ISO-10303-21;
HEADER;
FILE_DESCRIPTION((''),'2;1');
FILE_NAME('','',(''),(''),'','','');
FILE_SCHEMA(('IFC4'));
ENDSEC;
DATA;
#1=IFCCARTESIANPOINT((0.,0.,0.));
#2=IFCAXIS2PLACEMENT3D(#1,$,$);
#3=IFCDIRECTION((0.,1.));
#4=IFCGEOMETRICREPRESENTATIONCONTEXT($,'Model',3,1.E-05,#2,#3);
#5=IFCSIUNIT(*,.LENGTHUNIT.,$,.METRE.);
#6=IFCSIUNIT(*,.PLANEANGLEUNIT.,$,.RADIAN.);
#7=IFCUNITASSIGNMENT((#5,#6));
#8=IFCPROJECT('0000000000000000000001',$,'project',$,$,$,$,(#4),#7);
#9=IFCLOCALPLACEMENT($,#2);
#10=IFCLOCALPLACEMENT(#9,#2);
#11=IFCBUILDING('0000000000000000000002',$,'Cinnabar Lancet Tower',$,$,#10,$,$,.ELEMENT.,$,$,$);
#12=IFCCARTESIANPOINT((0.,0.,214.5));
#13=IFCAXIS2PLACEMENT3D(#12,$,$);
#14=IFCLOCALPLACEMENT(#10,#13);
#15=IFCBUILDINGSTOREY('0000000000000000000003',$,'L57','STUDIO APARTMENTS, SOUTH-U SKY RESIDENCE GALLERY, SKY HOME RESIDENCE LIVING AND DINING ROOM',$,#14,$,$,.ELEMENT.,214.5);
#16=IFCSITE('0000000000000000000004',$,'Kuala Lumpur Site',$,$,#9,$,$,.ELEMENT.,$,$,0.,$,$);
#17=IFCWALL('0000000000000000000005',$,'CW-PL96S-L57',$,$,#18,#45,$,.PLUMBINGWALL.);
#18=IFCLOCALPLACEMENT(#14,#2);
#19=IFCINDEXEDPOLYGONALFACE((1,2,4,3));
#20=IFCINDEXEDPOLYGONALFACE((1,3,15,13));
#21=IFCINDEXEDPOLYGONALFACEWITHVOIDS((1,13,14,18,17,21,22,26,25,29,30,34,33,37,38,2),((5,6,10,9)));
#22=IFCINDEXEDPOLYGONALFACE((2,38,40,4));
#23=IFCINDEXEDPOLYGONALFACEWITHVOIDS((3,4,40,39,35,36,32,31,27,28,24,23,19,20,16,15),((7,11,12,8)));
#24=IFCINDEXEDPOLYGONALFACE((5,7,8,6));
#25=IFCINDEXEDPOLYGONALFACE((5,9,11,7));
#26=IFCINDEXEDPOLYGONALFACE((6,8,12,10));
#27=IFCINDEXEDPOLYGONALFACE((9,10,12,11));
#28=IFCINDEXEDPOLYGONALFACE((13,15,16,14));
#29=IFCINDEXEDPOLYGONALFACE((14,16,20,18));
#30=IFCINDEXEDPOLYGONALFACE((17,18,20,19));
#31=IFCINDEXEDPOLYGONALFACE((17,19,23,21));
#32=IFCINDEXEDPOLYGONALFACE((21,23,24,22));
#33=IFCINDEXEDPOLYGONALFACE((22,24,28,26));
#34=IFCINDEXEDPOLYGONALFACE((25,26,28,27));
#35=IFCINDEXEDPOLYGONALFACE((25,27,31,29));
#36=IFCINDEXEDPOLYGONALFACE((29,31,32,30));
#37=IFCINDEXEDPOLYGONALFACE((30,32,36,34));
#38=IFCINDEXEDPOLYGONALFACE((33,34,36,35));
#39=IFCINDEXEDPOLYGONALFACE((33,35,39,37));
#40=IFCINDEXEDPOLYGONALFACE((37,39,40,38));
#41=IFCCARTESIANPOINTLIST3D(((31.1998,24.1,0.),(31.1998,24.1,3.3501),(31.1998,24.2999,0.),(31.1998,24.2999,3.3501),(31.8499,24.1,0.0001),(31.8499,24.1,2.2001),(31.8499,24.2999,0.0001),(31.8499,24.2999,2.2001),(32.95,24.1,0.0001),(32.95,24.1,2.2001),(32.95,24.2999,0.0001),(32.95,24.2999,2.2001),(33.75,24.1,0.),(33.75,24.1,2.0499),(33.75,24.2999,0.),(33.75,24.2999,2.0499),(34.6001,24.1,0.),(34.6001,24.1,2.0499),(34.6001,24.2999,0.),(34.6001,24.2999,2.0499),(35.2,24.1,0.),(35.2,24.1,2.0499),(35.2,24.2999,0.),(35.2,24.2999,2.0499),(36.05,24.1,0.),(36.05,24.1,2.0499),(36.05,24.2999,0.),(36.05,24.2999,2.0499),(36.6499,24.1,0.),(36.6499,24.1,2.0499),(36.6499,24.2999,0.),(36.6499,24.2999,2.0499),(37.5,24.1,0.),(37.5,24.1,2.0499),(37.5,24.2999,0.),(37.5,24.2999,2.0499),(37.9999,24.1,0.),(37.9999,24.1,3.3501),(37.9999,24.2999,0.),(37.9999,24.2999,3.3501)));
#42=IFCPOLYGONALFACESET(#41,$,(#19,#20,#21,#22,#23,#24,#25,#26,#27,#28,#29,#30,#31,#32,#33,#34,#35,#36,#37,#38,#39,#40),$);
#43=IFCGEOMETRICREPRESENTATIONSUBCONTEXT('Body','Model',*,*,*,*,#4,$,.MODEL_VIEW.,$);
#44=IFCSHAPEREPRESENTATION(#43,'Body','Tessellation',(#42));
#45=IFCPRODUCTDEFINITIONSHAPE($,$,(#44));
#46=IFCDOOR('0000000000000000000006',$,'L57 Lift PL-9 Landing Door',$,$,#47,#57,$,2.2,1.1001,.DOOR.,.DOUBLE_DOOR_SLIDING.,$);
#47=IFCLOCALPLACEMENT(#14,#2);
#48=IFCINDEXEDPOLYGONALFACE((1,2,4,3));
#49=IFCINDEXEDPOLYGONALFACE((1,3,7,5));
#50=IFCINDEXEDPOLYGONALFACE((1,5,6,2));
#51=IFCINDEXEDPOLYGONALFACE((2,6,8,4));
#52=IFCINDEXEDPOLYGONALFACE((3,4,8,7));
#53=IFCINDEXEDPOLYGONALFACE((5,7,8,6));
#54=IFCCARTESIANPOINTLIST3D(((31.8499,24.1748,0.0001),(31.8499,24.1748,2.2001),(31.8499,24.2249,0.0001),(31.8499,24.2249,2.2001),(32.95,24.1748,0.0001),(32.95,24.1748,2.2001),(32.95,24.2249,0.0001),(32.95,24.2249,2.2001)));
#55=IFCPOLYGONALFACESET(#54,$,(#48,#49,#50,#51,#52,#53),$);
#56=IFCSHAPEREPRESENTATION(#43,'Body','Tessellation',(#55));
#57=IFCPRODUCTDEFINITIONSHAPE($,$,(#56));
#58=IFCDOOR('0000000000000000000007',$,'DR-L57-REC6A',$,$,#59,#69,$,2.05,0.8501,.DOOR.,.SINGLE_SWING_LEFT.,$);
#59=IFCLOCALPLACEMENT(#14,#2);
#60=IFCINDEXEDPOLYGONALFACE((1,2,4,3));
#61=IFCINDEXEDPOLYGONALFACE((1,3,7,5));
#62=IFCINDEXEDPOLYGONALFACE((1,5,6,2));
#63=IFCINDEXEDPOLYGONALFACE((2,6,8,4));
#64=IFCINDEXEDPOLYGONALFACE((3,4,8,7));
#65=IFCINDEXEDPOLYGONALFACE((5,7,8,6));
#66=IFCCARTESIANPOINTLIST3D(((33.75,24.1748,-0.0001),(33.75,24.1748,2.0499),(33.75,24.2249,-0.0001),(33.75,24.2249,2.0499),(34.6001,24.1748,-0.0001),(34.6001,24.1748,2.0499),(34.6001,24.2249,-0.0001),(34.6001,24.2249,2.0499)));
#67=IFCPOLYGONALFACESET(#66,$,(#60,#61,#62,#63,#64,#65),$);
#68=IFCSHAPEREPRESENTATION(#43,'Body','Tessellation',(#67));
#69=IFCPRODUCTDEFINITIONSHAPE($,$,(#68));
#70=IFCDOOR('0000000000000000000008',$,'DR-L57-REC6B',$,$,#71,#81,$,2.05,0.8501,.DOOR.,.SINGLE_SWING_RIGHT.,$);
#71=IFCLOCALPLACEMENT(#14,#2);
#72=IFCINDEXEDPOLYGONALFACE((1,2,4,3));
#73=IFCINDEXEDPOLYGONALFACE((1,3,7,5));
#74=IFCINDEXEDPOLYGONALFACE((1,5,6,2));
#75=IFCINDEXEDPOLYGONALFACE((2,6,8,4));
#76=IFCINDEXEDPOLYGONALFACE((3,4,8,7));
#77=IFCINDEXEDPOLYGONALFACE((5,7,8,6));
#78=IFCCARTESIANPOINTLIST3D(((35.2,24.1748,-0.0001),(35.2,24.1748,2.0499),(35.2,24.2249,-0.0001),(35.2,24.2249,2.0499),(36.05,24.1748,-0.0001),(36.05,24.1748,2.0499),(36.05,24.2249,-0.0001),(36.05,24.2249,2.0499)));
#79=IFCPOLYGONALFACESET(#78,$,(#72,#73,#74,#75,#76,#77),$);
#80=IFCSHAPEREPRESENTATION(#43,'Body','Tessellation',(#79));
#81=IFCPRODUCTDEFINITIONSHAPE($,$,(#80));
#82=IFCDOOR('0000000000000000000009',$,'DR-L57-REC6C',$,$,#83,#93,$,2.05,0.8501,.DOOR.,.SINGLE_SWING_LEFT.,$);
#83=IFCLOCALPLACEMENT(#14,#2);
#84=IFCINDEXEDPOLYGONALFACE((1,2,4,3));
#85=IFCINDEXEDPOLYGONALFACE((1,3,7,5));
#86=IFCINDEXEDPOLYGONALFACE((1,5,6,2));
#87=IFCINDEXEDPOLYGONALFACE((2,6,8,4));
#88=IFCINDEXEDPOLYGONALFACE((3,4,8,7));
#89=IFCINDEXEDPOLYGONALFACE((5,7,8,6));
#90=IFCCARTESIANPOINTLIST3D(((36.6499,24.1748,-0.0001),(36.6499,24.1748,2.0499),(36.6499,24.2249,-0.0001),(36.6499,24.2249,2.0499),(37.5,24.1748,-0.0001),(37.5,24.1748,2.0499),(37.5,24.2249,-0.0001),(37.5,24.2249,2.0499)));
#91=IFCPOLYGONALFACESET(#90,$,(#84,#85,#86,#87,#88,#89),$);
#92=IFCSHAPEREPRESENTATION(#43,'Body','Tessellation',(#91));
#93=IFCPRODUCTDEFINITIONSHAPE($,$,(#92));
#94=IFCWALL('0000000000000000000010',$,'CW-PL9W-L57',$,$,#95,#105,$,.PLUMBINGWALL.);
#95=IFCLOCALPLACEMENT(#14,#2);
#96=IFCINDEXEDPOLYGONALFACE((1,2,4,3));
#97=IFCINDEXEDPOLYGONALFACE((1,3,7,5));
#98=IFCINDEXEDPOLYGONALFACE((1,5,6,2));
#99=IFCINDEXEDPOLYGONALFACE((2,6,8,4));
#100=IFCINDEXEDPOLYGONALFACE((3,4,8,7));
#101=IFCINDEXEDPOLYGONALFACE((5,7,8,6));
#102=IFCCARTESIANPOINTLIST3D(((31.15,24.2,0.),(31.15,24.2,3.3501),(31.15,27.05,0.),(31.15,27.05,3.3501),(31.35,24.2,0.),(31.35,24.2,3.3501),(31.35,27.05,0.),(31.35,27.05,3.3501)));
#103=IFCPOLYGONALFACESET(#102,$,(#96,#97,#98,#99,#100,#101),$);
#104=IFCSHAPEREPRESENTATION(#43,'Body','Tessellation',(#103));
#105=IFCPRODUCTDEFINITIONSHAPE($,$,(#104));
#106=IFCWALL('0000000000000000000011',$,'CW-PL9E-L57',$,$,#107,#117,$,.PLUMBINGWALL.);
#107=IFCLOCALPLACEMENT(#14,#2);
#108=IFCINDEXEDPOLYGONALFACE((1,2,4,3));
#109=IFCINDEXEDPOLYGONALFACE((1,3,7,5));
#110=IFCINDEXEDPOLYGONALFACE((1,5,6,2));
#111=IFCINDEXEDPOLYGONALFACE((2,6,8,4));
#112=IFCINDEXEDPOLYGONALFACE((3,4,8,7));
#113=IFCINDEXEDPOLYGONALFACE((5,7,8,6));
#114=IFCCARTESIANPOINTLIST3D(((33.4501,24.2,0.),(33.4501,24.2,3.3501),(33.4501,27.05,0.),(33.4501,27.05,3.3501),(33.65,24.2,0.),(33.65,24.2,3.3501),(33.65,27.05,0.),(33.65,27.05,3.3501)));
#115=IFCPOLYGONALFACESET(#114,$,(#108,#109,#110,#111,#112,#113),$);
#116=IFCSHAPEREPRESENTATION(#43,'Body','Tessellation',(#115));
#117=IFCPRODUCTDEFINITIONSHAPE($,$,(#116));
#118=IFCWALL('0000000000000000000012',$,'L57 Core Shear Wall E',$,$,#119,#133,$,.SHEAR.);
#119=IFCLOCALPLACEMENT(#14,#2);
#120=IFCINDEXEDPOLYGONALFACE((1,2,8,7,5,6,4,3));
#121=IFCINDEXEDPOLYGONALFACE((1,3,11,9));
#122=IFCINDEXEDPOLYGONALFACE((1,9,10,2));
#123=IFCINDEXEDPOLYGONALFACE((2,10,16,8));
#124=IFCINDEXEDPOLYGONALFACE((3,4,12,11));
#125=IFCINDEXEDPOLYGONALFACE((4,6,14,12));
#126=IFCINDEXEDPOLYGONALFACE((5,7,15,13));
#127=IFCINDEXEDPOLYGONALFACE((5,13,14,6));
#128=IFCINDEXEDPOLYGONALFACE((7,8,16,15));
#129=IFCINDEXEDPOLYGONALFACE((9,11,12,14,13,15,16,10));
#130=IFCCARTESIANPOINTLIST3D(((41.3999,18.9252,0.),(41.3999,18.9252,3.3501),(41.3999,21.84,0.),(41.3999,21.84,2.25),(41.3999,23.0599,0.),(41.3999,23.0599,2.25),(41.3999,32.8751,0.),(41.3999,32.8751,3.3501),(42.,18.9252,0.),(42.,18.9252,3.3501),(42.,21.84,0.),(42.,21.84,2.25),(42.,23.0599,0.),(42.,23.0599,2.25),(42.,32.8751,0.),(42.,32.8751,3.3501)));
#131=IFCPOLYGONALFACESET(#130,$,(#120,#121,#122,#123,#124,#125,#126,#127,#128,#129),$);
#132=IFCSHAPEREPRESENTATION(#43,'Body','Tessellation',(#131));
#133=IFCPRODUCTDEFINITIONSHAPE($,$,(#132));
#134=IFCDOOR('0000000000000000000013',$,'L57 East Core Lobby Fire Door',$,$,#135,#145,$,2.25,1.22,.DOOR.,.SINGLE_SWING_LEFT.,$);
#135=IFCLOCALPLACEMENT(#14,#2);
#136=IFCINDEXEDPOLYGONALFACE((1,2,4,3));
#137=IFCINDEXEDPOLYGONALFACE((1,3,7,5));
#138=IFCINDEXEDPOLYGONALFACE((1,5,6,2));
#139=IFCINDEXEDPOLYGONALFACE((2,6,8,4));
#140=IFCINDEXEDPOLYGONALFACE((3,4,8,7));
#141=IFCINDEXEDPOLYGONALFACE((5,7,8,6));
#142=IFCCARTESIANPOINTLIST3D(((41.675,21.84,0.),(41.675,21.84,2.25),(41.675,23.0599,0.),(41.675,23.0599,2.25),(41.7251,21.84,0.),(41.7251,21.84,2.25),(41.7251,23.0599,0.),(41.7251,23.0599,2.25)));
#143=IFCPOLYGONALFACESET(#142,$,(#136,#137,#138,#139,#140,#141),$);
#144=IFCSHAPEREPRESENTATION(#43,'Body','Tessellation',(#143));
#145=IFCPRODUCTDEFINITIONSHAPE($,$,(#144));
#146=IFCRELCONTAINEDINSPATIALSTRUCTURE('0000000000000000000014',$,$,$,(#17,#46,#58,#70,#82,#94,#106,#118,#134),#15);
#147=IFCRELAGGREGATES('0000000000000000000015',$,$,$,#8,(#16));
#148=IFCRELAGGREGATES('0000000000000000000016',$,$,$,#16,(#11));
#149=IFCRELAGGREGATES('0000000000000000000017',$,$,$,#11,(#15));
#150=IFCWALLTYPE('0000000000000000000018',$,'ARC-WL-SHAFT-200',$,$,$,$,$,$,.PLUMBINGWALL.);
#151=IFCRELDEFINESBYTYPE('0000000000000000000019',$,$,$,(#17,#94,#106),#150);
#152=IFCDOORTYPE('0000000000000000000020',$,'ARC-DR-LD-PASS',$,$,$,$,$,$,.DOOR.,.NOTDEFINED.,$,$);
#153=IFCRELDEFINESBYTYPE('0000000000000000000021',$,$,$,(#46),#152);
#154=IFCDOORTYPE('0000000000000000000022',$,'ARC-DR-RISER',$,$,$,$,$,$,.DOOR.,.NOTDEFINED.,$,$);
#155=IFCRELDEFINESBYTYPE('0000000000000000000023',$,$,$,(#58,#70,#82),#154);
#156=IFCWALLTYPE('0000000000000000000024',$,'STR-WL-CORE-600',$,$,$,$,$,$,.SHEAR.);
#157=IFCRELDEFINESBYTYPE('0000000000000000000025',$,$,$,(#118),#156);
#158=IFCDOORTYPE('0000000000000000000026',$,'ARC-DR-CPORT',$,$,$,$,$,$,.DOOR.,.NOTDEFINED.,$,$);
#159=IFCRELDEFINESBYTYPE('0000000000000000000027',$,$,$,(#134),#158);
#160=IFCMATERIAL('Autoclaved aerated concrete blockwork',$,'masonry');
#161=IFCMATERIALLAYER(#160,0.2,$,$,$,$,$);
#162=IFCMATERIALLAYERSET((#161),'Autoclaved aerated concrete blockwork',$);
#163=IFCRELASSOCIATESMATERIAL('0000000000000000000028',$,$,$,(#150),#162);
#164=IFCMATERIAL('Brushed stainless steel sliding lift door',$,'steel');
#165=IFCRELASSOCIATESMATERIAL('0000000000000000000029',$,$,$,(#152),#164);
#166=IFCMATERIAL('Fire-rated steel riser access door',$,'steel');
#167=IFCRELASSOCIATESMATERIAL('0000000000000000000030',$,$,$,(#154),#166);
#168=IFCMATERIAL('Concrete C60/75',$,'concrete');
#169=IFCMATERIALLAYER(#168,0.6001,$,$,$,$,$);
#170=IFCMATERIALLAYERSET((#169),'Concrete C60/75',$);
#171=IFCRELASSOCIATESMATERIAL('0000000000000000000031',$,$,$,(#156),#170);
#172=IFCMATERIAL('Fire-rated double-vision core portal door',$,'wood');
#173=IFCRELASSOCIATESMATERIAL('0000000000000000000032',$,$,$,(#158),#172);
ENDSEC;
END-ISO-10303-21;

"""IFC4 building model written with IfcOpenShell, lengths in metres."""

from ifc_helpers import new_model, si_unit, direction, frame, frame_2d, origin, place, context, subcontext, project, spatial, rectangle, extrude, material, layer, layer_set, type_object, element, fill, save


model = new_model("IFC4")

# Units and contexts
model_context = context("Model", 3, precision=1e-05, world=origin(), true_north=direction((0.0, 1.0)))
body_context = subcontext(model_context, "Body", "Model", "MODEL_VIEW")
ifc_project = project(units=[si_unit("LENGTHUNIT", "METRE"), si_unit("PLANEANGLEUNIT", "RADIAN")], contexts=[model_context])

# Site, building, storey
site_placement = place(None, origin())
site = spatial("IfcSite", under=ifc_project, at=site_placement, Name="Kuala Lumpur Site", CompositionType="ELEMENT", RefElevation=0.0)
building_placement = place(site_placement, origin())
building = spatial("IfcBuilding", under=site, at=building_placement, Name="Cinnabar Lancet Tower", CompositionType="ELEMENT")
storey_placement = place(building_placement, frame((0.0, 0.0, 214.5)))
storey = spatial("IfcBuildingStorey", under=building, at=storey_placement, Name="L57", Description="STUDIO APARTMENTS, SOUTH-U SKY RESIDENCE GALLERY, SKY HOME RESIDENCE LIVING AND DINING ROOM", CompositionType="ELEMENT", Elevation=214.5)

# Shared definitions
ifc_material_1 = material(Name="Autoclaved aerated concrete blockwork", Category="masonry")
ifc_layer_1 = layer(ifc_material_1, 0.2)
ifc_layer_set_1 = layer_set([ifc_layer_1], Name="Autoclaved aerated concrete blockwork")
wall_type_1 = type_object("IfcWallType", Name="ARC-WL-SHAFT-200", PredefinedType="PLUMBINGWALL", material=ifc_layer_set_1)

# Wall, openings, doors
wall_1_placement = place(storey_placement, frame((31.2, 24.2, 0.0), z_axis=(0.0, 0.0, 1.0), x_axis=(1.0, 0.0, 0.0)))
wall_1 = element("IfcWall", 1, at=wall_1_placement, inside=storey, type_object=wall_type_1, Name="CW-PL96S-L57", PredefinedType="PLUMBINGWALL", context=body_context, shape_type="SweptSolid", body=[
    extrude(rectangle(XDim=6.8, YDim=0.2, at=frame_2d((3.3999, 0.0))), origin(), (0.0, 0.0, 1.0), 3.3501),
])
opening_1_placement = place(wall_1_placement, frame((0.6499, 0.0, 0.0)))
opening_1 = element("IfcOpeningElement", 2, at=opening_1_placement, cuts=wall_1, PredefinedType="OPENING", context=body_context, shape_type="SweptSolid", body=[
    extrude(rectangle(XDim=1.1001, YDim=2.2, at=frame_2d((0.55, 1.1001))), frame((0.0, 0.1099, 0.0), z_axis=(0.0, -1.0, 0.0), x_axis=(1.0, 0.0, 0.0)), (0.0, 0.0, 1.0), 0.22),
])
opening_2_placement = place(wall_1_placement, frame((2.55, 0.0, 0.0)))
opening_2 = element("IfcOpeningElement", 3, at=opening_2_placement, cuts=wall_1, PredefinedType="OPENING", context=body_context, shape_type="SweptSolid", body=[
    extrude(rectangle(XDim=0.8501, YDim=2.05, at=frame_2d((0.425, 1.0249))), frame((0.0, 0.1099, 0.0), z_axis=(0.0, -1.0, 0.0), x_axis=(1.0, 0.0, 0.0)), (0.0, 0.0, 1.0), 0.22),
])
opening_3_placement = place(wall_1_placement, frame((4.0, 0.0, 0.0)))
opening_3 = element("IfcOpeningElement", 4, at=opening_3_placement, cuts=wall_1, PredefinedType="OPENING", context=body_context, shape_type="SweptSolid", body=[
    extrude(rectangle(XDim=0.8501, YDim=2.05, at=frame_2d((0.425, 1.0249))), frame((0.0, 0.1099, 0.0), z_axis=(0.0, -1.0, 0.0), x_axis=(1.0, 0.0, 0.0)), (0.0, 0.0, 1.0), 0.22),
])
opening_4_placement = place(wall_1_placement, frame((5.45, 0.0, 0.0)))
opening_4 = element("IfcOpeningElement", 5, at=opening_4_placement, cuts=wall_1, PredefinedType="OPENING", context=body_context, shape_type="SweptSolid", body=[
    extrude(rectangle(XDim=0.8501, YDim=2.05, at=frame_2d((0.425, 1.0249))), frame((0.0, 0.1099, 0.0), z_axis=(0.0, -1.0, 0.0), x_axis=(1.0, 0.0, 0.0)), (0.0, 0.0, 1.0), 0.22),
])
ifc_material_2 = material(Name="Brushed stainless steel sliding lift door", Category="steel")
door_type_1 = type_object("IfcDoorType", Name="ARC-DR-LD-PASS", OperationType="NOTDEFINED", PredefinedType="DOOR", material=ifc_material_2)
door_1_placement = place(opening_1_placement, origin())
door_1 = element("IfcDoor", 6, at=door_1_placement, inside=storey, type_object=door_type_1, Name="L57 Lift PL-9 Landing Door", OperationType="DOUBLE_DOOR_SLIDING", OverallHeight=2.2, OverallWidth=1.1001, PredefinedType="DOOR", context=body_context, shape_type="SweptSolid", body=[
    extrude(rectangle(XDim=1.1001, YDim=2.2, at=frame_2d((0.55, 1.1001))), frame((0.0, 0.0249, 0.0), z_axis=(0.0, -1.0, 0.0), x_axis=(1.0, 0.0, 0.0)), (0.0, 0.0, 1.0), 0.05),
])
fill(opening_1, door_1)
ifc_material_3 = material(Name="Fire-rated steel riser access door", Category="steel")
door_type_2 = type_object("IfcDoorType", Name="ARC-DR-RISER", OperationType="NOTDEFINED", PredefinedType="DOOR", material=ifc_material_3)
door_2_placement = place(opening_2_placement, origin())
door_2 = element("IfcDoor", 7, at=door_2_placement, inside=storey, type_object=door_type_2, Name="DR-L57-REC6A", OperationType="SINGLE_SWING_LEFT", OverallHeight=2.05, OverallWidth=0.8501, PredefinedType="DOOR", context=body_context, shape_type="SweptSolid", body=[
    extrude(rectangle(XDim=0.8501, YDim=2.05, at=frame_2d((0.425, 1.0249))), frame((0.0, 0.0249, 0.0), z_axis=(0.0, -1.0, 0.0), x_axis=(1.0, 0.0, 0.0)), (0.0, 0.0, 1.0), 0.05),
])
fill(opening_2, door_2)
door_3_placement = place(opening_3_placement, origin())
door_3 = element("IfcDoor", 8, at=door_3_placement, inside=storey, type_object=door_type_2, Name="DR-L57-REC6B", OperationType="SINGLE_SWING_RIGHT", OverallHeight=2.05, OverallWidth=0.8501, PredefinedType="DOOR", context=body_context, shape_type="SweptSolid", body=[
    extrude(rectangle(XDim=0.8501, YDim=2.05, at=frame_2d((0.425, 1.0249))), frame((0.0, 0.0249, 0.0), z_axis=(0.0, -1.0, 0.0), x_axis=(1.0, 0.0, 0.0)), (0.0, 0.0, 1.0), 0.05),
])
fill(opening_3, door_3)
door_4_placement = place(opening_4_placement, origin())
door_4 = element("IfcDoor", 9, at=door_4_placement, inside=storey, type_object=door_type_2, Name="DR-L57-REC6C", OperationType="SINGLE_SWING_LEFT", OverallHeight=2.05, OverallWidth=0.8501, PredefinedType="DOOR", context=body_context, shape_type="SweptSolid", body=[
    extrude(rectangle(XDim=0.8501, YDim=2.05, at=frame_2d((0.425, 1.0249))), frame((0.0, 0.0249, 0.0), z_axis=(0.0, -1.0, 0.0), x_axis=(1.0, 0.0, 0.0)), (0.0, 0.0, 1.0), 0.05),
])
fill(opening_4, door_4)

# Walls
for number, where, z_axis, x_axis, name in (
    (10, (31.25, 24.2, 0.0), (0.0, 0.0, 1.0), (0.0, 1.0, 0.0), "CW-PL9W-L57"),
    (11, (33.55, 24.2, 0.0), (0.0, 0.0, 1.0), (0.0, 1.0, 0.0), "CW-PL9E-L57"),
):
    element("IfcWall", number, at=place(storey_placement, frame(where, z_axis=z_axis, x_axis=x_axis)), inside=storey, type_object=wall_type_1, Name=name, PredefinedType="PLUMBINGWALL", context=body_context, shape_type="SweptSolid", body=[
        extrude(rectangle(XDim=2.8501, YDim=0.2, at=frame_2d((1.425, 0.0))), origin(), (0.0, 0.0, 1.0), 3.3501),
    ])

# Wall, opening, door
ifc_material_4 = material(Name="Concrete C60/75", Category="concrete")
ifc_layer_2 = layer(ifc_material_4, 0.6001)
ifc_layer_set_2 = layer_set([ifc_layer_2], Name="Concrete C60/75")
wall_type_2 = type_object("IfcWallType", Name="STR-WL-CORE-600", PredefinedType="SHEAR", material=ifc_layer_set_2)
wall_2_placement = place(storey_placement, frame((41.7, 18.925, 0.0), z_axis=(0.0, 0.0, 1.0), x_axis=(0.0, 1.0, 0.0)))
wall_2 = element("IfcWall", 12, at=wall_2_placement, inside=storey, type_object=wall_type_2, Name="L57 Core Shear Wall E", PredefinedType="SHEAR", context=body_context, shape_type="SweptSolid", body=[
    extrude(rectangle(XDim=13.95, YDim=0.6001, at=frame_2d((6.9751, 0.0))), origin(), (0.0, 0.0, 1.0), 3.3501),
])
opening_5_placement = place(wall_2_placement, frame((2.915, 0.0, 0.0)))
opening_5 = element("IfcOpeningElement", 13, at=opening_5_placement, cuts=wall_2, PredefinedType="OPENING", context=body_context, shape_type="SweptSolid", body=[
    extrude(rectangle(XDim=1.22, YDim=2.25, at=frame_2d((0.6099, 1.125))), frame((0.0, 0.3101, 0.0), z_axis=(0.0, -1.0, 0.0), x_axis=(1.0, 0.0, 0.0)), (0.0, 0.0, 1.0), 0.6201),
])
ifc_material_5 = material(Name="Fire-rated double-vision core portal door", Category="wood")
door_type_3 = type_object("IfcDoorType", Name="ARC-DR-CPORT", OperationType="NOTDEFINED", PredefinedType="DOOR", material=ifc_material_5)
door_5_placement = place(opening_5_placement, origin())
door_5 = element("IfcDoor", 14, at=door_5_placement, inside=storey, type_object=door_type_3, Name="L57 East Core Lobby Fire Door", OperationType="SINGLE_SWING_LEFT", OverallHeight=2.25, OverallWidth=1.22, PredefinedType="DOOR", context=body_context, shape_type="SweptSolid", body=[
    extrude(rectangle(XDim=1.22, YDim=2.25, at=frame_2d((0.6099, 1.125))), frame((0.0, 0.0249, 0.0), z_axis=(0.0, -1.0, 0.0), x_axis=(1.0, 0.0, 0.0)), (0.0, 0.0, 1.0), 0.05),
])
fill(opening_5, door_5)

save(model, "model.ifc")
